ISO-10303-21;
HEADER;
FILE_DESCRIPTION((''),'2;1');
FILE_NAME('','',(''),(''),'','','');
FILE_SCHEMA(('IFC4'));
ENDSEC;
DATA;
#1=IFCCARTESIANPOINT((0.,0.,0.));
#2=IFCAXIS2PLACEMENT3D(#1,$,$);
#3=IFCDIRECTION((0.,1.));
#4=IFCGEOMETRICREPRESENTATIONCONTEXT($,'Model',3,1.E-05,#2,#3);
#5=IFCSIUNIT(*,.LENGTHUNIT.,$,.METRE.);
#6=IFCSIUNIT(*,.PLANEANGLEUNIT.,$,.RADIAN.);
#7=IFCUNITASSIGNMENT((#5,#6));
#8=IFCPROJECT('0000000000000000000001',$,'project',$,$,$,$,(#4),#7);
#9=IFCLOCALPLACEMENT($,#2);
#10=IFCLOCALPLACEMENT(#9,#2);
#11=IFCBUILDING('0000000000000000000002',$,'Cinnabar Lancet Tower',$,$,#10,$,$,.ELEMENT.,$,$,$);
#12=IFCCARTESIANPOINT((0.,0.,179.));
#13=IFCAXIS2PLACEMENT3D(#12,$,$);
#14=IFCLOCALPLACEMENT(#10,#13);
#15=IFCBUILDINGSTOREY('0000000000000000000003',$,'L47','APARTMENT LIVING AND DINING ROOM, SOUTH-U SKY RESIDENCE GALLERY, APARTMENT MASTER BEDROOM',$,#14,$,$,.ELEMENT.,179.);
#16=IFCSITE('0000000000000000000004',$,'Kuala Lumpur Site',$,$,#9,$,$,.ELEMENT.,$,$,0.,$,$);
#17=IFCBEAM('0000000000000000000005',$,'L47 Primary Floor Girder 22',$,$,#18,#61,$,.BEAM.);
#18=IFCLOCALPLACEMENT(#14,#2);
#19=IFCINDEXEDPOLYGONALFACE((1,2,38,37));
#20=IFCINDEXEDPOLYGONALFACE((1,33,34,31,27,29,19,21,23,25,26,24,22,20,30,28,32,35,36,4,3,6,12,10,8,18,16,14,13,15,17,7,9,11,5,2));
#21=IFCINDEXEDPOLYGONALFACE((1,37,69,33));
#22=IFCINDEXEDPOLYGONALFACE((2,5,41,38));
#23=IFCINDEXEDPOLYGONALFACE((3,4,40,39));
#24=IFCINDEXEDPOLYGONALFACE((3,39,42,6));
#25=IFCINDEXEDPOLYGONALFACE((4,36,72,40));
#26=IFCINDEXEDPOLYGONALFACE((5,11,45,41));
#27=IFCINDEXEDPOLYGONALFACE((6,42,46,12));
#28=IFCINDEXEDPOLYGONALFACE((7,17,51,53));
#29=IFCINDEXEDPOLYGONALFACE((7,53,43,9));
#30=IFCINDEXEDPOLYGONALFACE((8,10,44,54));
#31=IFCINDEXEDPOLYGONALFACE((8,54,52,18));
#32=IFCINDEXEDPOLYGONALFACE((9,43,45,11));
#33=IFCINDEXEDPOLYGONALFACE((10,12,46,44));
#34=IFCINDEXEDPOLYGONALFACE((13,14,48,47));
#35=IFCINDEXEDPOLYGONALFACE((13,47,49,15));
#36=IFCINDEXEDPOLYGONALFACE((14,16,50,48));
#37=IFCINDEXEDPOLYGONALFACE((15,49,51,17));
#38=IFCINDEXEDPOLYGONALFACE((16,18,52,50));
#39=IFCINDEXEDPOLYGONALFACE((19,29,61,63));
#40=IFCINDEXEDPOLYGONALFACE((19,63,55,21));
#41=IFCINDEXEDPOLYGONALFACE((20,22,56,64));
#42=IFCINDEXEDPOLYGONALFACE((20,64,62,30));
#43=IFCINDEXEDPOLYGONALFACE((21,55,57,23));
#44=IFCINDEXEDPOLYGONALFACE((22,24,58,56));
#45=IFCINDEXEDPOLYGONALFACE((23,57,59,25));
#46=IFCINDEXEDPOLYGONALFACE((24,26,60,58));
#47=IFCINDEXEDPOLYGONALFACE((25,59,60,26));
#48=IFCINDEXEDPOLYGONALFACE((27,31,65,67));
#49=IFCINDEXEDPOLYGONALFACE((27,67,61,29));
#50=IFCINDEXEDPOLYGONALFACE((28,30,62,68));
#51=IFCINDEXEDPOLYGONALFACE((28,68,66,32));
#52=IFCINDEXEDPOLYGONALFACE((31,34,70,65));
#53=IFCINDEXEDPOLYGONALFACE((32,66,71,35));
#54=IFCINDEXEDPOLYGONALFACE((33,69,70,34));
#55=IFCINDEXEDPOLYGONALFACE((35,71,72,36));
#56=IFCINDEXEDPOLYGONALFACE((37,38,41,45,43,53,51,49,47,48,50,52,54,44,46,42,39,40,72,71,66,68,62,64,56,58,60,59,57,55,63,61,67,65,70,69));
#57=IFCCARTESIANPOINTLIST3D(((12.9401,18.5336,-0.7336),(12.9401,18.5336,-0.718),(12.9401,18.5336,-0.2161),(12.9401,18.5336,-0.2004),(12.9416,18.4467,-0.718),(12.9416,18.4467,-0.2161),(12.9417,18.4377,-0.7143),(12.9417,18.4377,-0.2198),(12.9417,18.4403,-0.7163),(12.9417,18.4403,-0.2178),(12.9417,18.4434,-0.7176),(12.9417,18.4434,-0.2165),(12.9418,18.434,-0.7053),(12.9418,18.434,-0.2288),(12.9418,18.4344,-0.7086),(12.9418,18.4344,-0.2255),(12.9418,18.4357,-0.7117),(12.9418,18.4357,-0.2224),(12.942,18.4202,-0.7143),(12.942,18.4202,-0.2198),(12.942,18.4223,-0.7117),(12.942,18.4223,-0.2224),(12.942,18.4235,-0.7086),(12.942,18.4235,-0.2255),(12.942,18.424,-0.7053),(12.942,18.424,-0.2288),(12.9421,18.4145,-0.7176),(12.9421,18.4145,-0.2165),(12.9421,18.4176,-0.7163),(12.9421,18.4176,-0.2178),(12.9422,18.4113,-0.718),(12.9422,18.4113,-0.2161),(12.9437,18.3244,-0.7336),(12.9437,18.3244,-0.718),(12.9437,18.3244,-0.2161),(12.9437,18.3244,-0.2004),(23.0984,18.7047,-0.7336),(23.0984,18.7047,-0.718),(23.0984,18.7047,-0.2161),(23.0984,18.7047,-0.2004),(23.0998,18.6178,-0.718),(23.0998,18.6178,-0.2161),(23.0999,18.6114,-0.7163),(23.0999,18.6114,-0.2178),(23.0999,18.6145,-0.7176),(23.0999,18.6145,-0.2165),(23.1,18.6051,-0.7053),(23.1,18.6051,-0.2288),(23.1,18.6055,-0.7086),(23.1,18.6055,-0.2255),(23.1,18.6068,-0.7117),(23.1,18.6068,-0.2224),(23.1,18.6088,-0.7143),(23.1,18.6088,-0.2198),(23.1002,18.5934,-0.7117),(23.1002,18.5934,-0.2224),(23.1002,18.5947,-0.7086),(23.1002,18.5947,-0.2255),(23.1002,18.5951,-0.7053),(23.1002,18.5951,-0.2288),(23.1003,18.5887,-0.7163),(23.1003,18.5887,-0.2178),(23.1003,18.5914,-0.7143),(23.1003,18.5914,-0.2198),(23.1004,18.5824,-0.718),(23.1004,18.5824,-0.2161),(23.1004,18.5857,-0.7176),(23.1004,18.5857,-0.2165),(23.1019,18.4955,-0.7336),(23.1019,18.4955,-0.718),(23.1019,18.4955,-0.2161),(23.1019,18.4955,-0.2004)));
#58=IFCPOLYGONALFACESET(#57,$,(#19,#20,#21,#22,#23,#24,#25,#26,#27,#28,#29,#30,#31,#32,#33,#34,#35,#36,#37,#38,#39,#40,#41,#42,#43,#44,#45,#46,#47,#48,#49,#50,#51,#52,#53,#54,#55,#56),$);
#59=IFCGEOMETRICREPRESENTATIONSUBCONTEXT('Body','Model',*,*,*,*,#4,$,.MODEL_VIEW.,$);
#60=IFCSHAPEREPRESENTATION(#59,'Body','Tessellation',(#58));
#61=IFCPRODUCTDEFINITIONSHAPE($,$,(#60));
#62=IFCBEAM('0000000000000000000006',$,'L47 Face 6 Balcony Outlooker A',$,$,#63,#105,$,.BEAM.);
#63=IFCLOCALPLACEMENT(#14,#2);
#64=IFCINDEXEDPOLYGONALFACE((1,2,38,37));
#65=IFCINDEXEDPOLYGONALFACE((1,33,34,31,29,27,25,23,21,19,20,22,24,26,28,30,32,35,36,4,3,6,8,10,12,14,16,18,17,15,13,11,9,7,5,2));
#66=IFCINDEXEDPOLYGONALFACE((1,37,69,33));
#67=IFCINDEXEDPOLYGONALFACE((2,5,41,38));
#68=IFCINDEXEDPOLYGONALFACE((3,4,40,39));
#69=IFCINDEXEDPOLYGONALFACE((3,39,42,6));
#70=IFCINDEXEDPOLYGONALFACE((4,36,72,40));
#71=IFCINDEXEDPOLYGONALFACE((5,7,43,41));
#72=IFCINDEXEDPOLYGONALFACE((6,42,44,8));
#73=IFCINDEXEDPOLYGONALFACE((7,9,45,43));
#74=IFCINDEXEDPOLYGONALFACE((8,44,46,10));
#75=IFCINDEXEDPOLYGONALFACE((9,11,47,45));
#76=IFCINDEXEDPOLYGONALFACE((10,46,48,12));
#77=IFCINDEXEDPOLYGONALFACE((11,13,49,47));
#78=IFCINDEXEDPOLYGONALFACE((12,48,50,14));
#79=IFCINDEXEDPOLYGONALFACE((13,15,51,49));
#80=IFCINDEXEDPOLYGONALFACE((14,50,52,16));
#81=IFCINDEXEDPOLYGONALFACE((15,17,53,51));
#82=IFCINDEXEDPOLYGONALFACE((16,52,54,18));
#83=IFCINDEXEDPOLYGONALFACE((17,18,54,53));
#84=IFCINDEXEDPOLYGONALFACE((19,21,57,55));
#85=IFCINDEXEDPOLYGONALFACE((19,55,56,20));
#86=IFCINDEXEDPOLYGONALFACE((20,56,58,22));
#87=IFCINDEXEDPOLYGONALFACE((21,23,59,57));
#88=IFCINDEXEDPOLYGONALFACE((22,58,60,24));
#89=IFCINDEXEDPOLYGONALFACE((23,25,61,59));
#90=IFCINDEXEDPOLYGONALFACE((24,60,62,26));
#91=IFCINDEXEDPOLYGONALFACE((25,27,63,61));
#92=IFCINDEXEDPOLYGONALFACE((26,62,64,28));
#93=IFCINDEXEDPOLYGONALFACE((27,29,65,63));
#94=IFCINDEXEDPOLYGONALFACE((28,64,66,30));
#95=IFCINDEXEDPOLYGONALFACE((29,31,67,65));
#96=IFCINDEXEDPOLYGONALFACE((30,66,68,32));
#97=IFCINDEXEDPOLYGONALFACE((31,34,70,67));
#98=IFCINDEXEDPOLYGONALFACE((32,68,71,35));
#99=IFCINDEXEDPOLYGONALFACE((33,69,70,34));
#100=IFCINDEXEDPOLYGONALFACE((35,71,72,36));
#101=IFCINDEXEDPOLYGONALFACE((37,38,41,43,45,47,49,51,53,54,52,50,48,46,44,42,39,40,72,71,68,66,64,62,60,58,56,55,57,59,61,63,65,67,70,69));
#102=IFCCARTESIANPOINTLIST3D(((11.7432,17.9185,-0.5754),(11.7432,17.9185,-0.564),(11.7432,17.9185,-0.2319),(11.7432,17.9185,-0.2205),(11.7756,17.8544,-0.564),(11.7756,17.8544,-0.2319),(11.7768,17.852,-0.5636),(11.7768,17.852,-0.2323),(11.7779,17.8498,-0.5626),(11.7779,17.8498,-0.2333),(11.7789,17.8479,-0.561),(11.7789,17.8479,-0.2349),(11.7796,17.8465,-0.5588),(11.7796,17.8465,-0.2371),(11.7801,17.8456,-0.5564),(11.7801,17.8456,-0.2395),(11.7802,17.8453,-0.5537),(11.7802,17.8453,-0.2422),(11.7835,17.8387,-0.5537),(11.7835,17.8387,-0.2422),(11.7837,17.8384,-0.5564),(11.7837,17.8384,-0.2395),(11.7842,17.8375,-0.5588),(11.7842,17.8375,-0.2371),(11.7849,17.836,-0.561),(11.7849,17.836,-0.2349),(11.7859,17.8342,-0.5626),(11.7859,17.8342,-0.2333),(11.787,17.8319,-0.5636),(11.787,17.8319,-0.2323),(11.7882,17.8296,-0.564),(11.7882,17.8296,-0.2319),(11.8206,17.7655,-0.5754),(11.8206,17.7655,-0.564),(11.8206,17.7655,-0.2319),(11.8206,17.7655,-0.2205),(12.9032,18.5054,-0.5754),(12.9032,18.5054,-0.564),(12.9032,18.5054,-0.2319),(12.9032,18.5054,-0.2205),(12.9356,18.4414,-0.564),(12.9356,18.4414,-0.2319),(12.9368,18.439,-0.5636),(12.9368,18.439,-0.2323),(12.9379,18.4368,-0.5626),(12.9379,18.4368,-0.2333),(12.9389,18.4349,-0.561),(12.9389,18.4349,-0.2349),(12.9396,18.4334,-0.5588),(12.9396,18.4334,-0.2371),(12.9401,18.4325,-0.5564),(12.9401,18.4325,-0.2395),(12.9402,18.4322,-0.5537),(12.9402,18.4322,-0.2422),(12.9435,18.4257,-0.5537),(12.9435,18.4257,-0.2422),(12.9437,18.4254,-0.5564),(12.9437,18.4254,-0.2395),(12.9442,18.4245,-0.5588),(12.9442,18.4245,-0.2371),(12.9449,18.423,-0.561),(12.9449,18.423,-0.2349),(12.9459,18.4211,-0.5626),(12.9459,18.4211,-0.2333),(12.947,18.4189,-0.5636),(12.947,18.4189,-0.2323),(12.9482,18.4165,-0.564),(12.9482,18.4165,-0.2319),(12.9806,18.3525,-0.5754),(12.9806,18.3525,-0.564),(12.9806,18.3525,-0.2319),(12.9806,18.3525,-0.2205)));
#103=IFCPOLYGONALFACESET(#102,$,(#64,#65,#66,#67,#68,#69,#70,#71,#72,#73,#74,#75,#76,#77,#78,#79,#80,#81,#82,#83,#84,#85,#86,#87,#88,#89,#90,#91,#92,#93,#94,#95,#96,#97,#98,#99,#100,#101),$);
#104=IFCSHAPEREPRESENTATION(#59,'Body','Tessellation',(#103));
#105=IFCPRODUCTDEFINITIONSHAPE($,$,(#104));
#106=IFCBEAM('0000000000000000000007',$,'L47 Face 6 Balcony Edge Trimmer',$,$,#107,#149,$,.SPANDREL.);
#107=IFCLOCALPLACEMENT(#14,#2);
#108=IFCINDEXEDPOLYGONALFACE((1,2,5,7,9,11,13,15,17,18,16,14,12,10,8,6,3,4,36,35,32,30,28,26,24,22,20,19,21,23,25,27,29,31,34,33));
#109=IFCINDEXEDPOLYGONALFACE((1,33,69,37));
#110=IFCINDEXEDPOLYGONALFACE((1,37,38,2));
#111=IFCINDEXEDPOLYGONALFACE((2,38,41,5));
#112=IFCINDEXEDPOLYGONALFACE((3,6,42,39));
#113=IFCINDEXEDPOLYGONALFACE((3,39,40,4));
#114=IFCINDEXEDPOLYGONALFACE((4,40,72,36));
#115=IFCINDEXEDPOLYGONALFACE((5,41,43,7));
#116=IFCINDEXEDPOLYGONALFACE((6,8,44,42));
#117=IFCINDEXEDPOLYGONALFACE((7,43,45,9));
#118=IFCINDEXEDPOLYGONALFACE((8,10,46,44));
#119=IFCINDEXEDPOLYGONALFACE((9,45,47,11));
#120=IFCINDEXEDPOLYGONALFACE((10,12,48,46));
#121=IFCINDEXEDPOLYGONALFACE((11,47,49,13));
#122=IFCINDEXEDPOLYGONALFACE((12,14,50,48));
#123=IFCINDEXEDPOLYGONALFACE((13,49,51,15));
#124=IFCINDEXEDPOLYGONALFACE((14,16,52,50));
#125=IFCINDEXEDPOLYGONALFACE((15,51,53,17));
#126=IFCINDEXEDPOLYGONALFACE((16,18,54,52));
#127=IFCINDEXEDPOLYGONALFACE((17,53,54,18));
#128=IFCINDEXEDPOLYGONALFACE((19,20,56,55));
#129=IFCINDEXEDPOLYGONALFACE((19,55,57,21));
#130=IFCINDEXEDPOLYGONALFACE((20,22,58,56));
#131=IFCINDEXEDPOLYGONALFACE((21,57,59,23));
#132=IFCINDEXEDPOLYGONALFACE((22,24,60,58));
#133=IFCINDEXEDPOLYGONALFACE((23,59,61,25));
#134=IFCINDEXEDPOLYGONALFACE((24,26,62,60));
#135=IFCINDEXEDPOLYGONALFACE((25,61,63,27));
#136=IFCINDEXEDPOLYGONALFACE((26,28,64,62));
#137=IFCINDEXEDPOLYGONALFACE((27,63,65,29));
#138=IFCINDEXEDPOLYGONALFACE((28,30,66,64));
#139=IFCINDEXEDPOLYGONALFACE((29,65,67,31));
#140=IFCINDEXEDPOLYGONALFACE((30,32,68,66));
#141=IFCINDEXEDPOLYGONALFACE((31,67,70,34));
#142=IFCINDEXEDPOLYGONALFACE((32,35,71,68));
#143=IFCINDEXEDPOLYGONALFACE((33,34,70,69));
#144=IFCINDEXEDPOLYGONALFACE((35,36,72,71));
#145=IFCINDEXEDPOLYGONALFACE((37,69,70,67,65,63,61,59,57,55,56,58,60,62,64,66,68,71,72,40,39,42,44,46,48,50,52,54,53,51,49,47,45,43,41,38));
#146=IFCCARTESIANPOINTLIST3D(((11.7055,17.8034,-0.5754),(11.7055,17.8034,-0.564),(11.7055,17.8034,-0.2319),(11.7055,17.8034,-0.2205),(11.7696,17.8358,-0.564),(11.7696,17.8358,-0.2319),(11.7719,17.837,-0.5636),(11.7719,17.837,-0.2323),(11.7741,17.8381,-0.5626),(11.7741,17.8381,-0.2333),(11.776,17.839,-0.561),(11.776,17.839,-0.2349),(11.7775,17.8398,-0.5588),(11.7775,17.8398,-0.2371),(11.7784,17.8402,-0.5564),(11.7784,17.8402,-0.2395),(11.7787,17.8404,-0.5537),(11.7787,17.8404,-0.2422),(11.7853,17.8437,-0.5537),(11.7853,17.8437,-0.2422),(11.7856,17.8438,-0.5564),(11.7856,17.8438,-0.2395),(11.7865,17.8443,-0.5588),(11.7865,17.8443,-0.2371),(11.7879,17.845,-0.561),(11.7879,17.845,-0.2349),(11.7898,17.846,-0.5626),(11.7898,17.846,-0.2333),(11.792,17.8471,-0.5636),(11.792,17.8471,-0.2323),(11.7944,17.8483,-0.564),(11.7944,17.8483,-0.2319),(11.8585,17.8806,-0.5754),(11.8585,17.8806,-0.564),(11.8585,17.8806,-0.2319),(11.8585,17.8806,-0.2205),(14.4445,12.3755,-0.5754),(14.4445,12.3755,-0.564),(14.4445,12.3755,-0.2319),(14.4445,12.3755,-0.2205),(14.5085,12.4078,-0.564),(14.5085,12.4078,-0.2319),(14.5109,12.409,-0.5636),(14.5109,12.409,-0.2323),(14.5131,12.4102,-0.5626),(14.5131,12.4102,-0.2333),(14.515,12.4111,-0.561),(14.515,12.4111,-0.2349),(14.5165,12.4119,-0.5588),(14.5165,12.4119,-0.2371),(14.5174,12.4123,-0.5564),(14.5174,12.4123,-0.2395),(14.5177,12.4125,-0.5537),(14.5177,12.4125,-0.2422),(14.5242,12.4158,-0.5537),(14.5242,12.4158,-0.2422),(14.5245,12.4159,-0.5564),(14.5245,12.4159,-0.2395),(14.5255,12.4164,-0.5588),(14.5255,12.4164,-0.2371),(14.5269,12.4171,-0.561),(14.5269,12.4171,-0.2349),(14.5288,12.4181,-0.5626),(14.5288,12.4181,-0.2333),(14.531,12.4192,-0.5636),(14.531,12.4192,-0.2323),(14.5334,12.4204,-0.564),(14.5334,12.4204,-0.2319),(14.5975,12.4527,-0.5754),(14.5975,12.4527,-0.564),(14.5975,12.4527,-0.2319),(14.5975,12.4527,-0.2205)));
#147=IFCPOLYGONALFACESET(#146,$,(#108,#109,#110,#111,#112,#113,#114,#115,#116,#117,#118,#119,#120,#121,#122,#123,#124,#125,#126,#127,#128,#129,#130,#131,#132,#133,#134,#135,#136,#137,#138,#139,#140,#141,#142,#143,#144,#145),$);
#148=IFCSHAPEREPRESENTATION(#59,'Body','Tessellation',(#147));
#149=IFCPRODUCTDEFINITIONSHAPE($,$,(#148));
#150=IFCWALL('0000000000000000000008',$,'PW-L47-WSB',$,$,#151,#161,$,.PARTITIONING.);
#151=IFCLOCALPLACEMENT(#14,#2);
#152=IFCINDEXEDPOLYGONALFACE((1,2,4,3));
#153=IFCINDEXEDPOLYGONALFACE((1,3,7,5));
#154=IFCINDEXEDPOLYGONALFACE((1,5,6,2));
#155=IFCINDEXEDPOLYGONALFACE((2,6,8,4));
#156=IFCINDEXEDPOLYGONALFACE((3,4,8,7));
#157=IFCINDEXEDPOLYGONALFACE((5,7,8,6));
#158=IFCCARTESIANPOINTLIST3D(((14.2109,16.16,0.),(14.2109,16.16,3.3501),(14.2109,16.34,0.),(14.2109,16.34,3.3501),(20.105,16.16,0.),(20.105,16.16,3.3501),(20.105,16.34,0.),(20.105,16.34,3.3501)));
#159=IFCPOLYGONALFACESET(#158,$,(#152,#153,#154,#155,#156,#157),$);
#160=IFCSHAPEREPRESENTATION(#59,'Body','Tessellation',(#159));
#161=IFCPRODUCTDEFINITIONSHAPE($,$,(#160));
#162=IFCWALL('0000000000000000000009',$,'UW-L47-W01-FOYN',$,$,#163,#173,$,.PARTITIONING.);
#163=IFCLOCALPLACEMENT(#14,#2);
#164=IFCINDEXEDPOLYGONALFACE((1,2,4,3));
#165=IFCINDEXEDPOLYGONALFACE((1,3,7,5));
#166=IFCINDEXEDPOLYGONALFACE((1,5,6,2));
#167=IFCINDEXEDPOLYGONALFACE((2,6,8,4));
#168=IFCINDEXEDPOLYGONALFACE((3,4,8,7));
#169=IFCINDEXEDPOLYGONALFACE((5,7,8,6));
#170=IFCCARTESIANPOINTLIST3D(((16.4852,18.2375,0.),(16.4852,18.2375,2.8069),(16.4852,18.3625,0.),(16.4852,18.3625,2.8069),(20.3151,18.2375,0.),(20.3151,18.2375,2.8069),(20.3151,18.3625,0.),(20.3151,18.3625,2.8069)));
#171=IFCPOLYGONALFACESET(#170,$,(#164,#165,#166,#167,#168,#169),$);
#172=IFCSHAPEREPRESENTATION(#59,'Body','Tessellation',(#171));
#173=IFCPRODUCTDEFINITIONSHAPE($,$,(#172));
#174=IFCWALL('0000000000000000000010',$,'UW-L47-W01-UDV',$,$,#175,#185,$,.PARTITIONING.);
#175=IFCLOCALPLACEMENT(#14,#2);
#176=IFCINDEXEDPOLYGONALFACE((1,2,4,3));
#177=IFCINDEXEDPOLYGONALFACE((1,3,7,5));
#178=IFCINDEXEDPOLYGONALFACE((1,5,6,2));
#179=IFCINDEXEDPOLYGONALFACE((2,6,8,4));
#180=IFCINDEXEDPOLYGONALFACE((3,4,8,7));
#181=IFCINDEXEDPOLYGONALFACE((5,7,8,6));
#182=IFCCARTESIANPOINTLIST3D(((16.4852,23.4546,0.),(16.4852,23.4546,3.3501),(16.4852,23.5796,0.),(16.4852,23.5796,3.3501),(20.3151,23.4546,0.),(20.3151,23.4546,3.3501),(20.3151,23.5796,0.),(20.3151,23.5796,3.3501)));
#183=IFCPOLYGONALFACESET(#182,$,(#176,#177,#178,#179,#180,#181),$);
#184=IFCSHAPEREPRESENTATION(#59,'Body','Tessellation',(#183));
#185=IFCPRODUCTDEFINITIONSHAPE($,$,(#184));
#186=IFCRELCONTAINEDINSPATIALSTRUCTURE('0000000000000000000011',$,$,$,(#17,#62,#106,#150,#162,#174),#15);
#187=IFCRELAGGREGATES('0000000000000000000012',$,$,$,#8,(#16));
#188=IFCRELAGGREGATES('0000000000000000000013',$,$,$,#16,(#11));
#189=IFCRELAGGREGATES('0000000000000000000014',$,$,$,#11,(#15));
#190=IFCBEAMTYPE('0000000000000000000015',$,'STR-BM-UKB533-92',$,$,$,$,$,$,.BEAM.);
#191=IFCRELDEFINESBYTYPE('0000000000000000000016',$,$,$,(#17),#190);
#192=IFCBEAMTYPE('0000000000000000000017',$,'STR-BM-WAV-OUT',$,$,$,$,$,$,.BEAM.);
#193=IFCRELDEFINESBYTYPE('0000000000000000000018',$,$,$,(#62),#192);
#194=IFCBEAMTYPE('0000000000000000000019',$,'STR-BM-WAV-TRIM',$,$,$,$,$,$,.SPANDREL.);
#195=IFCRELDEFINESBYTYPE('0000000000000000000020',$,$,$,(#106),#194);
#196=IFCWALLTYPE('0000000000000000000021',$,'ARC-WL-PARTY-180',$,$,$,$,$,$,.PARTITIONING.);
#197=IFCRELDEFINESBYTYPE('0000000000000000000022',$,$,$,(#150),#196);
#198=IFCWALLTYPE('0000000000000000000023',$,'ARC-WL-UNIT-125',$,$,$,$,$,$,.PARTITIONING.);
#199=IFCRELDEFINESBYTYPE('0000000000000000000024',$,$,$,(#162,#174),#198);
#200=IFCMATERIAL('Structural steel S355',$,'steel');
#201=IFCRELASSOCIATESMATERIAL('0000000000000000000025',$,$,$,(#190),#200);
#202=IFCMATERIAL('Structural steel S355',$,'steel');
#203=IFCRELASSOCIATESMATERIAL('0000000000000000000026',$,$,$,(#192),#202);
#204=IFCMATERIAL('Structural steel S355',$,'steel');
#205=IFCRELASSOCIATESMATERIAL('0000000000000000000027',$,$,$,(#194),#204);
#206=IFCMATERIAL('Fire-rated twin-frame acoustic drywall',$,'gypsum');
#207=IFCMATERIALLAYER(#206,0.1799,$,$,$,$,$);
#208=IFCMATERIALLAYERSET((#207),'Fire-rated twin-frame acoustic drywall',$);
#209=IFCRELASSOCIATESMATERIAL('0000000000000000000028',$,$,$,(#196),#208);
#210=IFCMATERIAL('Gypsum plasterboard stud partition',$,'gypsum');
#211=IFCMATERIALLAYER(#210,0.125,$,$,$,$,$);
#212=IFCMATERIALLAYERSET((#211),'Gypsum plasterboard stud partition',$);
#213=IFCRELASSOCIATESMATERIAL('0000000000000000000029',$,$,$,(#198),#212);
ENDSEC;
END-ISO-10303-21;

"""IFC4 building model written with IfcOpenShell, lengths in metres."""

from ifc_helpers import new_model, si_unit, direction, frame, frame_2d, origin, origin_2d, place, context, subcontext, project, spatial, rectangle, i_section, extrude, material, layer, layer_set, material_profile, profile_set, type_object, element, save


model = new_model("IFC4")

# Units and contexts
model_context = context("Model", 3, precision=1e-05, world=origin(), true_north=direction((0.0, 1.0)))
body_context = subcontext(model_context, "Body", "Model", "MODEL_VIEW")
ifc_project = project(units=[si_unit("LENGTHUNIT", "METRE"), si_unit("PLANEANGLEUNIT", "RADIAN")], contexts=[model_context])

# Site, building, storey
site_placement = place(None, origin())
site = spatial("IfcSite", under=ifc_project, at=site_placement, Name="Kuala Lumpur Site", CompositionType="ELEMENT", RefElevation=0.0)
building_placement = place(site_placement, origin())
building = spatial("IfcBuilding", under=site, at=building_placement, Name="Cinnabar Lancet Tower", CompositionType="ELEMENT")
storey_placement = place(building_placement, frame((0.0, 0.0, 179.0)))
storey = spatial("IfcBuildingStorey", under=building, at=storey_placement, Name="L47", Description="APARTMENT LIVING AND DINING ROOM, SOUTH-U SKY RESIDENCE GALLERY, APARTMENT MASTER BEDROOM", CompositionType="ELEMENT", Elevation=179.0)

# Beams
ifc_material_1 = material(Name="Structural steel S355", Category="steel")
ifc_material_profile_1 = material_profile(ifc_material_1, i_section(OverallWidth=0.2092, OverallDepth=0.5332, WebThickness=0.01, FlangeThickness=0.0156, FilletRadius=0.0127, at=origin_2d()), Name="UKB 533x210x92")
ifc_profile_set_1 = profile_set([ifc_material_profile_1], Name="Structural steel S355")
beam_type_1 = type_object("IfcBeamType", Name="STR-BM-UKB533-92", PredefinedType="BEAM", material=ifc_profile_set_1)
beam_1_placement = place(storey_placement, frame((12.9419, 18.429, -0.467), z_axis=(0.999858, 0.016845, 0.0), x_axis=(-0.016845, 0.999858, 0.0)))
element("IfcBeam", 1, at=beam_1_placement, inside=storey, type_object=beam_type_1, Name="L47 Primary Floor Girder 22", PredefinedType="BEAM", context=body_context, shape_type="SweptSolid", body=[
    extrude(i_section(OverallWidth=0.2092, OverallDepth=0.5332, WebThickness=0.01, FlangeThickness=0.0156, FilletRadius=0.0127, at=origin_2d()), origin(), (0.0, 0.0, 1.0), 10.1597),
])
ifc_material_2 = material(Name="Structural steel S355", Category="steel")
ifc_material_profile_2 = material_profile(ifc_material_2, i_section(OverallWidth=0.1714, OverallDepth=0.355, WebThickness=0.0073, FlangeThickness=0.0115, FilletRadius=0.0103, at=origin_2d()), Name="UKB 356x171x51")
ifc_profile_set_2 = profile_set([ifc_material_profile_2], Name="Structural steel S355")
beam_type_2 = type_object("IfcBeamType", Name="STR-BM-WAV-OUT", PredefinedType="BEAM", material=ifc_profile_set_2)
beam_2_placement = place(storey_placement, frame((12.9419, 18.429, -0.3979), z_axis=(-0.892276, -0.45149, 0.0), x_axis=(0.45149, -0.892276, 0.0)))
element("IfcBeam", 2, at=beam_2_placement, inside=storey, type_object=beam_type_2, Name="L47 Face 6 Balcony Outlooker A", PredefinedType="BEAM", context=body_context, shape_type="SweptSolid", body=[
    extrude(i_section(OverallWidth=0.1714, OverallDepth=0.355, WebThickness=0.0073, FlangeThickness=0.0115, FilletRadius=0.0103, at=origin_2d()), origin(), (0.0, 0.0, 1.0), 1.3),
])
ifc_material_3 = material(Name="Structural steel S355", Category="steel")
ifc_material_profile_3 = material_profile(ifc_material_3, i_section(OverallWidth=0.1714, OverallDepth=0.355, WebThickness=0.0073, FlangeThickness=0.0115, FilletRadius=0.0103, at=origin_2d()), Name="UKB 356x171x51")
ifc_profile_set_3 = profile_set([ifc_material_profile_3], Name="Structural steel S355")
beam_type_3 = type_object("IfcBeamType", Name="STR-BM-WAV-TRIM", PredefinedType="SPANDREL", material=ifc_profile_set_3)
beam_3_placement = place(storey_placement, frame((11.782, 17.842, -0.3979), z_axis=(0.450503, -0.892775, 0.0), x_axis=(0.892775, 0.450503, 0.0)))
element("IfcBeam", 3, at=beam_3_placement, inside=storey, type_object=beam_type_3, Name="L47 Face 6 Balcony Edge Trimmer", PredefinedType="SPANDREL", context=body_context, shape_type="SweptSolid", body=[
    extrude(i_section(OverallWidth=0.1714, OverallDepth=0.355, WebThickness=0.0073, FlangeThickness=0.0115, FilletRadius=0.0103, at=origin_2d()), origin(), (0.0, 0.0, 1.0), 6.0798),
])

# Walls
ifc_material_4 = material(Name="Fire-rated twin-frame acoustic drywall", Category="gypsum")
ifc_layer_1 = layer(ifc_material_4, 0.1799)
ifc_layer_set_1 = layer_set([ifc_layer_1], Name="Fire-rated twin-frame acoustic drywall")
wall_type_1 = type_object("IfcWallType", Name="ARC-WL-PARTY-180", PredefinedType="PARTITIONING", material=ifc_layer_set_1)
wall_1_placement = place(storey_placement, frame((14.2109, 16.25, 0.0), z_axis=(0.0, 0.0, 1.0), x_axis=(1.0, 0.0, 0.0)))
element("IfcWall", 4, at=wall_1_placement, inside=storey, type_object=wall_type_1, Name="PW-L47-WSB", PredefinedType="PARTITIONING", context=body_context, shape_type="SweptSolid", body=[
    extrude(rectangle(XDim=5.894, YDim=0.1799, at=frame_2d((2.947, 0.0))), origin(), (0.0, 0.0, 1.0), 3.3501),
])
ifc_material_5 = material(Name="Gypsum plasterboard stud partition", Category="gypsum")
ifc_layer_2 = layer(ifc_material_5, 0.125)
ifc_layer_set_2 = layer_set([ifc_layer_2], Name="Gypsum plasterboard stud partition")
wall_type_2 = type_object("IfcWallType", Name="ARC-WL-UNIT-125", PredefinedType="PARTITIONING", material=ifc_layer_set_2)
wall_2_placement = place(storey_placement, frame((16.4851, 18.3, 0.0), z_axis=(0.0, 0.0, 1.0), x_axis=(1.0, 0.0, 0.0)))
element("IfcWall", 5, at=wall_2_placement, inside=storey, type_object=wall_type_2, Name="UW-L47-W01-FOYN", PredefinedType="PARTITIONING", context=body_context, shape_type="SweptSolid", body=[
    extrude(rectangle(XDim=3.8298, YDim=0.125, at=frame_2d((1.915, 0.0))), origin(), (0.0, 0.0, 1.0), 2.8069),
])
wall_3_placement = place(storey_placement, frame((16.4851, 23.5171, 0.0), z_axis=(0.0, 0.0, 1.0), x_axis=(1.0, 0.0, 0.0)))
element("IfcWall", 6, at=wall_3_placement, inside=storey, type_object=wall_type_2, Name="UW-L47-W01-UDV", PredefinedType="PARTITIONING", context=body_context, shape_type="SweptSolid", body=[
    extrude(rectangle(XDim=3.8298, YDim=0.125, at=frame_2d((1.915, 0.0))), origin(), (0.0, 0.0, 1.0), 3.3501),
])

save(model, "model.ifc")
